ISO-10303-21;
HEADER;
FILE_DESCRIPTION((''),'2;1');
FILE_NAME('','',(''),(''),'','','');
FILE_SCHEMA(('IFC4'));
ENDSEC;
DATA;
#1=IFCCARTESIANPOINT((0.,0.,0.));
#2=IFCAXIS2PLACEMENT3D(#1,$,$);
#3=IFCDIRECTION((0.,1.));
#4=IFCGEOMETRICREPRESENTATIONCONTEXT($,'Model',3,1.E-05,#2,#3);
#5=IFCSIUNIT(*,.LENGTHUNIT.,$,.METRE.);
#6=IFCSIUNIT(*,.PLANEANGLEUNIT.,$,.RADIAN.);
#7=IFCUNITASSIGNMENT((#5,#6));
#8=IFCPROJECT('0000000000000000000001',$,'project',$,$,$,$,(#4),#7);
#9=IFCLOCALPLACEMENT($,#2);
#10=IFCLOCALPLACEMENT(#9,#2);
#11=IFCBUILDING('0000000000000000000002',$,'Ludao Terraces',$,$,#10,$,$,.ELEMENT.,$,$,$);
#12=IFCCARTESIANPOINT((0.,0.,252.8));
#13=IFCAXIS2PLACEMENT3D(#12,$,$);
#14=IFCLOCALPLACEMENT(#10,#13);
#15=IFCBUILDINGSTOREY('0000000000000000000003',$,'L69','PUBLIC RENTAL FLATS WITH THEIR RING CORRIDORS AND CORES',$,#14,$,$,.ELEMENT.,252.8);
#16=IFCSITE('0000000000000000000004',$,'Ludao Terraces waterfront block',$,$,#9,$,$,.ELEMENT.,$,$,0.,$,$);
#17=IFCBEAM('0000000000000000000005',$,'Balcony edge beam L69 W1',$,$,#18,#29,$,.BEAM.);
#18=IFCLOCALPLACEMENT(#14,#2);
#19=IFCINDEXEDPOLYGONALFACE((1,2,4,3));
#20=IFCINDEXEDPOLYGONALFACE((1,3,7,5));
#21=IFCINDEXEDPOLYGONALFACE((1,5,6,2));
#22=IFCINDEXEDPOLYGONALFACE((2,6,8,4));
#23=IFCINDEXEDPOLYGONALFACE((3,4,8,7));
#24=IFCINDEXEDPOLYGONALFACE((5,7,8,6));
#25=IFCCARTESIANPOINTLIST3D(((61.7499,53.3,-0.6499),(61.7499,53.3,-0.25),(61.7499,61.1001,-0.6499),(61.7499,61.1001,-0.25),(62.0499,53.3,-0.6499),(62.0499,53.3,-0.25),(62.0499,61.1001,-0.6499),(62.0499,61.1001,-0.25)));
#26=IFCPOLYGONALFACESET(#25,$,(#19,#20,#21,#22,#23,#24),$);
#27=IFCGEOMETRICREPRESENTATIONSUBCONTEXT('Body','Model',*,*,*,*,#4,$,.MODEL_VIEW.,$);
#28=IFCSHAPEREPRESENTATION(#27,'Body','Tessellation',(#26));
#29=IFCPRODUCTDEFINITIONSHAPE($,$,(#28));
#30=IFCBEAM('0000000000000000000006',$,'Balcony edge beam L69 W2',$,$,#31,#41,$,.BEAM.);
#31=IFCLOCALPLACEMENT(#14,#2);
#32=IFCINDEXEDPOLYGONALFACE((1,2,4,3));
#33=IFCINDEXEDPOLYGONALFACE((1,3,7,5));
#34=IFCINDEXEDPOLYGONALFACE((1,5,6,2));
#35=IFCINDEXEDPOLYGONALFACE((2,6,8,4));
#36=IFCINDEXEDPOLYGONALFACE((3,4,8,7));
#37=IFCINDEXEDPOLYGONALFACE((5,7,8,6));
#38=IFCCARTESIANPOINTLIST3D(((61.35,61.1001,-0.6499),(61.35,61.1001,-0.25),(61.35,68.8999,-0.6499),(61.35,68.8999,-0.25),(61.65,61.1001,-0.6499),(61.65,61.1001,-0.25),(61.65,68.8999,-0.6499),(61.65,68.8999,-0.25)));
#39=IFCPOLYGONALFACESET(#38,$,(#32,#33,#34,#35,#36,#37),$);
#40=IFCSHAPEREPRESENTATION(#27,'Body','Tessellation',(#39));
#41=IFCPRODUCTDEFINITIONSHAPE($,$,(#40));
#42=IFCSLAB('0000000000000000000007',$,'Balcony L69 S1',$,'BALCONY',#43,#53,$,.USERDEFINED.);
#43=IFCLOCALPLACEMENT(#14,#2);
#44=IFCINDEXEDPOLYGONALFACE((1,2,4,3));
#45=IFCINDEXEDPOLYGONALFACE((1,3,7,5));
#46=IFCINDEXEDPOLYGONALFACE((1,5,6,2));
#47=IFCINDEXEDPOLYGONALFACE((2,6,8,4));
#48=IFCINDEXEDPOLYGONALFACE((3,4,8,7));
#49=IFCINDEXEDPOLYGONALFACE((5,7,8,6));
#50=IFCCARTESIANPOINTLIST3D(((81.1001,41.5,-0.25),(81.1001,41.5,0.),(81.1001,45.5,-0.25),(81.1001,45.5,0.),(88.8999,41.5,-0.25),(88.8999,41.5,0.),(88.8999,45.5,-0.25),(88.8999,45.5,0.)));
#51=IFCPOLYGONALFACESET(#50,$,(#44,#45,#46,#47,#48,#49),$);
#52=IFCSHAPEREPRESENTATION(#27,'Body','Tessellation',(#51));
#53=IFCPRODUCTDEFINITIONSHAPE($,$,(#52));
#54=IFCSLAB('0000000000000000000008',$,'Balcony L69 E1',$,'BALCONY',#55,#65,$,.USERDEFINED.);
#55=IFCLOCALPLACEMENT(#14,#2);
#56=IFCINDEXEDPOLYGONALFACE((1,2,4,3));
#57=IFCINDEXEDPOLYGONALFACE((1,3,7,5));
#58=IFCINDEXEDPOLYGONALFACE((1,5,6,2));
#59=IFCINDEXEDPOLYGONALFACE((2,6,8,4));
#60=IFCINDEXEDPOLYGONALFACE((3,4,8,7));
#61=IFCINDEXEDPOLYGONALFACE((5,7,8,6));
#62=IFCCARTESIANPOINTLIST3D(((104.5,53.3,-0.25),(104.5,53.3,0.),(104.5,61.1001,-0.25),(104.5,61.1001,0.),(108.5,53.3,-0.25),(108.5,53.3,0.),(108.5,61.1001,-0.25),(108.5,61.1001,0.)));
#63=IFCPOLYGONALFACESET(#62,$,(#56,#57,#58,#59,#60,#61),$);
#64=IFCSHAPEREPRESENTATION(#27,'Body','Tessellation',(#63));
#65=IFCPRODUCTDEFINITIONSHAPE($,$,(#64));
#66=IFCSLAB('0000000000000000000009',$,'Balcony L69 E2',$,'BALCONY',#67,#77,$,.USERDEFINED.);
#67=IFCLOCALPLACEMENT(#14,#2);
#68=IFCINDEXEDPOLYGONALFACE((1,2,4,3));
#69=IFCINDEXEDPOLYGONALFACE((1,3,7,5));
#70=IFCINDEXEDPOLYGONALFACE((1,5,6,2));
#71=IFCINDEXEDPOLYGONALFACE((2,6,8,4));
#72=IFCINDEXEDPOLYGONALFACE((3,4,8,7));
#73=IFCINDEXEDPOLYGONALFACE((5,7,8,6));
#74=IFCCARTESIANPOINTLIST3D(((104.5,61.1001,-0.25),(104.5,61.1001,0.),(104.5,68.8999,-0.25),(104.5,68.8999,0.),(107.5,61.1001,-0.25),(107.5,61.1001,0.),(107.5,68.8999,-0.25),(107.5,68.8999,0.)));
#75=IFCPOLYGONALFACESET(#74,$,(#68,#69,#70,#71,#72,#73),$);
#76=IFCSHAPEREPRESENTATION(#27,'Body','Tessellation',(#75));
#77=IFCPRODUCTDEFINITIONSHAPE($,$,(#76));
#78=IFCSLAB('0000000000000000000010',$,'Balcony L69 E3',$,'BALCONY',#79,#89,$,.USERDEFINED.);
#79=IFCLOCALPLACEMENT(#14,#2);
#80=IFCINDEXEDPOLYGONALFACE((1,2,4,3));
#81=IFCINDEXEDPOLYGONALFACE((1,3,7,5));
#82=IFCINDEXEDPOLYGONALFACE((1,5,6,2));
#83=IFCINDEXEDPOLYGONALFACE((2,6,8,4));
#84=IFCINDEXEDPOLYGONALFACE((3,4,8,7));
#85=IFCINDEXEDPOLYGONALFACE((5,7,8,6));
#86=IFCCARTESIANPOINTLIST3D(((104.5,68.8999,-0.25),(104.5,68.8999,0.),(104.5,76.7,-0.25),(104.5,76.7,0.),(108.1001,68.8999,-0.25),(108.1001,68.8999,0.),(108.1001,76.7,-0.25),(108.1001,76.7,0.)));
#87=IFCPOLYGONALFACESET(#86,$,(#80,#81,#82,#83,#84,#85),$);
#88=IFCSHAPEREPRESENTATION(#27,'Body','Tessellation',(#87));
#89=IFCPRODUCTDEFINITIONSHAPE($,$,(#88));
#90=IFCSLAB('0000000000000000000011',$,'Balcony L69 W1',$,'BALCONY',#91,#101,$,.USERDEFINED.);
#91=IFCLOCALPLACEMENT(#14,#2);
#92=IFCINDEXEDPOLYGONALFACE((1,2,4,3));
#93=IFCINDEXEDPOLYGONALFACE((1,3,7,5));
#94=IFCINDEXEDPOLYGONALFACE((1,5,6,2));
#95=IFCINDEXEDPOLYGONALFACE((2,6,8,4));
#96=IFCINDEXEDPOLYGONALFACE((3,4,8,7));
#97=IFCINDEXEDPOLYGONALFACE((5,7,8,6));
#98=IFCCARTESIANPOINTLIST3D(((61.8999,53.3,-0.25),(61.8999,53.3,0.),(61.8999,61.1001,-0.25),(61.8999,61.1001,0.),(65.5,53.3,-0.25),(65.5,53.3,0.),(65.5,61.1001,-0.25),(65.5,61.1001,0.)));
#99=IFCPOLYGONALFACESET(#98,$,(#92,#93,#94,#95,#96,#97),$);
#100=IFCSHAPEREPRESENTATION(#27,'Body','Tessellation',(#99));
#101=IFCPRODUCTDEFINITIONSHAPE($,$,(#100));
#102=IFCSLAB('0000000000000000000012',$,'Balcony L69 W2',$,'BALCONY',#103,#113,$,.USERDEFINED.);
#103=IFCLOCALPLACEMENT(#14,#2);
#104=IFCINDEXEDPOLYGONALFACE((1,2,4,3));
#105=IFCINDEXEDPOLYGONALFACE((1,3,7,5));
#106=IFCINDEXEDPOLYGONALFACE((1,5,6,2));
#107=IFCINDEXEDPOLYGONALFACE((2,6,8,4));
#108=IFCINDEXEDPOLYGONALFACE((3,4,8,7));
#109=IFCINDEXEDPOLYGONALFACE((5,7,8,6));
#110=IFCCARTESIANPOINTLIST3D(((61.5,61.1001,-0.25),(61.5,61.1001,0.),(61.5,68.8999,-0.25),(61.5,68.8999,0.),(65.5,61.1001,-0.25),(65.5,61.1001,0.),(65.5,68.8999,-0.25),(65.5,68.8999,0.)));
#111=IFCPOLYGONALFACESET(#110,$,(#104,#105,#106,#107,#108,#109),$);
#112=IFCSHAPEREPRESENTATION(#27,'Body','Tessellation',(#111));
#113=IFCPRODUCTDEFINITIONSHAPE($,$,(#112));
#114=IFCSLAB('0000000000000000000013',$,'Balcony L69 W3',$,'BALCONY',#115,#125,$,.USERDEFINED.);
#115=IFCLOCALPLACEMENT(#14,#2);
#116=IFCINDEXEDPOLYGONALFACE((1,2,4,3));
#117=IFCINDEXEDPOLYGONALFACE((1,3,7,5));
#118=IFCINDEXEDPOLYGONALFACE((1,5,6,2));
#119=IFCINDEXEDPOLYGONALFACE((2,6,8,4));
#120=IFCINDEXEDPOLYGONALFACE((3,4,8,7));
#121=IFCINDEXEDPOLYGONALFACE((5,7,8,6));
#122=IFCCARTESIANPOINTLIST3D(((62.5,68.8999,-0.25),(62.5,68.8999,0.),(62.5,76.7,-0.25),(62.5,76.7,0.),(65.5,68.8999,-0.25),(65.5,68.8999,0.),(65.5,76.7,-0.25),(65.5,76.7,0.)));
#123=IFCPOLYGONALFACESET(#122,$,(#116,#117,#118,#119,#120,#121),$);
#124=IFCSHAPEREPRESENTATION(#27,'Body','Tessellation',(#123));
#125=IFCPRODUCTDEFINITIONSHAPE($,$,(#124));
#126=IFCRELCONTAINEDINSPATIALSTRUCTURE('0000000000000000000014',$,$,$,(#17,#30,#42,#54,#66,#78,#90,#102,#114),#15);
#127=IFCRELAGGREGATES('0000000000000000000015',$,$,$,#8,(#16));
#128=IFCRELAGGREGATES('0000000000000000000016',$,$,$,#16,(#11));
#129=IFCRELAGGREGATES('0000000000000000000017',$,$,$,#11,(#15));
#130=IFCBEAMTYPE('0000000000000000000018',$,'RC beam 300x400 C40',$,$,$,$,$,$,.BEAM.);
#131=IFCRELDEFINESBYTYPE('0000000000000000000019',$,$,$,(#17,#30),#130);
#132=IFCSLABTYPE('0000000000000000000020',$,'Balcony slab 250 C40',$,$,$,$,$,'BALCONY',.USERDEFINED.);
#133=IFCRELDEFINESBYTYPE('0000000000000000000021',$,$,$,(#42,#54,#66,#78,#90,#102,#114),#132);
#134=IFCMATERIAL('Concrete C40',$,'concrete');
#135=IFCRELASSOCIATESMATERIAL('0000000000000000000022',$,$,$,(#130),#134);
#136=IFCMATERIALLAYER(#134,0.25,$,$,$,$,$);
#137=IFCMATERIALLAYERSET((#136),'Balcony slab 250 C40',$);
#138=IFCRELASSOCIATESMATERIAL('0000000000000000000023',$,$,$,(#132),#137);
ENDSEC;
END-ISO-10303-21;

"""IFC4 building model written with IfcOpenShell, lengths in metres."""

from ifc_helpers import new_model, si_unit, direction, frame, origin, origin_2d, place, context, subcontext, project, spatial, polyline, rectangle, outline, extrude, material, layer, layer_set, material_profile, profile_set, type_object, element, save


model = new_model("IFC4")

# Units and contexts
model_context = context("Model", 3, precision=1e-05, world=origin(), true_north=direction((0.0, 1.0)))
body_context = subcontext(model_context, "Body", "Model", "MODEL_VIEW")
ifc_project = project(units=[si_unit("LENGTHUNIT", "METRE"), si_unit("PLANEANGLEUNIT", "RADIAN")], contexts=[model_context])

# Site, building, storey
site_placement = place(None, origin())
site = spatial("IfcSite", under=ifc_project, at=site_placement, Name="Ludao Terraces waterfront block", CompositionType="ELEMENT", RefElevation=0.0)
building_placement = place(site_placement, origin())
building = spatial("IfcBuilding", under=site, at=building_placement, Name="Ludao Terraces", CompositionType="ELEMENT")
storey_placement = place(building_placement, frame((0.0, 0.0, 252.8)))
storey = spatial("IfcBuildingStorey", under=building, at=storey_placement, Name="L69", Description="PUBLIC RENTAL FLATS WITH THEIR RING CORRIDORS AND CORES", CompositionType="ELEMENT", Elevation=252.8)

# Beams
ifc_material_1 = material(Name="Concrete C40", Category="concrete")
ifc_material_profile = material_profile(ifc_material_1, rectangle(XDim=0.3, YDim=0.3999, at=origin_2d()), Name="300 X 400")
ifc_profile_set = profile_set([ifc_material_profile], Name="Concrete C40")
beam_type = type_object("IfcBeamType", Name="RC beam 300x400 C40", PredefinedType="BEAM", material=ifc_profile_set)
beam_1_placement = place(storey_placement, frame((61.8999, 53.3, -0.45), z_axis=(0.0, 1.0, 0.0), x_axis=(-1.0, 0.0, 0.0)))
element("IfcBeam", 1, at=beam_1_placement, inside=storey, type_object=beam_type, Name="Balcony edge beam L69 W1", PredefinedType="BEAM", context=body_context, shape_type="SweptSolid", body=[
    extrude(rectangle(XDim=0.3, YDim=0.3999, at=origin_2d()), origin(), (0.0, 0.0, 1.0), 7.8),
])
beam_2_placement = place(storey_placement, frame((61.5, 61.1001, -0.45), z_axis=(0.0, 1.0, 0.0), x_axis=(-1.0, 0.0, 0.0)))
element("IfcBeam", 2, at=beam_2_placement, inside=storey, type_object=beam_type, Name="Balcony edge beam L69 W2", PredefinedType="BEAM", context=body_context, shape_type="SweptSolid", body=[
    extrude(rectangle(XDim=0.3, YDim=0.3999, at=origin_2d()), origin(), (0.0, 0.0, 1.0), 7.7998),
])

# Slabs
ifc_layer_1 = layer(ifc_material_1, 0.25)
ifc_layer_set_1 = layer_set([ifc_layer_1], Name="Balcony slab 250 C40")
slab_type_1 = type_object("IfcSlabType", Name="Balcony slab 250 C40", ElementType="BALCONY", PredefinedType="USERDEFINED", material=ifc_layer_set_1)
slab_1_placement = place(storey_placement, frame((0.0, 0.0, -0.25)))
element("IfcSlab", 3, at=slab_1_placement, inside=storey, type_object=slab_type_1, Name="Balcony L69 S1", ObjectType="BALCONY", PredefinedType="USERDEFINED", context=body_context, shape_type="SweptSolid", body=[
    extrude(outline(polyline([(81.1001, 41.5), (88.8999, 41.5), (88.8999, 45.5), (81.1001, 45.5), (81.1001, 41.5)])), origin(), (0.0, 0.0, 1.0), 0.25),
])
slab_2_placement = place(storey_placement, frame((0.0, 0.0, -0.25)))
element("IfcSlab", 4, at=slab_2_placement, inside=storey, type_object=slab_type_1, Name="Balcony L69 E1", ObjectType="BALCONY", PredefinedType="USERDEFINED", context=body_context, shape_type="SweptSolid", body=[
    extrude(outline(polyline([(104.5, 53.3), (108.5, 53.3), (108.5, 61.1001), (104.5, 61.1001), (104.5, 53.3)])), origin(), (0.0, 0.0, 1.0), 0.25),
])
slab_3_placement = place(storey_placement, frame((0.0, 0.0, -0.25)))
element("IfcSlab", 5, at=slab_3_placement, inside=storey, type_object=slab_type_1, Name="Balcony L69 E2", ObjectType="BALCONY", PredefinedType="USERDEFINED", context=body_context, shape_type="SweptSolid", body=[
    extrude(outline(polyline([(104.5, 61.1001), (107.5, 61.1001), (107.5, 68.8999), (104.5, 68.8999), (104.5, 61.1001)])), origin(), (0.0, 0.0, 1.0), 0.25),
])
slab_4_placement = place(storey_placement, frame((0.0, 0.0, -0.25)))
element("IfcSlab", 6, at=slab_4_placement, inside=storey, type_object=slab_type_1, Name="Balcony L69 E3", ObjectType="BALCONY", PredefinedType="USERDEFINED", context=body_context, shape_type="SweptSolid", body=[
    extrude(outline(polyline([(104.5, 68.8999), (108.1001, 68.8999), (108.1001, 76.7), (104.5, 76.7), (104.5, 68.8999)])), origin(), (0.0, 0.0, 1.0), 0.25),
])
slab_5_placement = place(storey_placement, frame((0.0, 0.0, -0.25)))
element("IfcSlab", 7, at=slab_5_placement, inside=storey, type_object=slab_type_1, Name="Balcony L69 W1", ObjectType="BALCONY", PredefinedType="USERDEFINED", context=body_context, shape_type="SweptSolid", body=[
    extrude(outline(polyline([(61.8999, 53.3), (65.5, 53.3), (65.5, 61.1001), (61.8999, 61.1001), (61.8999, 53.3)])), origin(), (0.0, 0.0, 1.0), 0.25),
])
slab_6_placement = place(storey_placement, frame((0.0, 0.0, -0.25)))
element("IfcSlab", 8, at=slab_6_placement, inside=storey, type_object=slab_type_1, Name="Balcony L69 W2", ObjectType="BALCONY", PredefinedType="USERDEFINED", context=body_context, shape_type="SweptSolid", body=[
    extrude(outline(polyline([(61.5, 61.1001), (65.5, 61.1001), (65.5, 68.8999), (61.5, 68.8999), (61.5, 61.1001)])), origin(), (0.0, 0.0, 1.0), 0.25),
])
slab_7_placement = place(storey_placement, frame((0.0, 0.0, -0.25)))
element("IfcSlab", 9, at=slab_7_placement, inside=storey, type_object=slab_type_1, Name="Balcony L69 W3", ObjectType="BALCONY", PredefinedType="USERDEFINED", context=body_context, shape_type="SweptSolid", body=[
    extrude(outline(polyline([(62.5, 68.8999), (65.5, 68.8999), (65.5, 76.7), (62.5, 76.7), (62.5, 68.8999)])), origin(), (0.0, 0.0, 1.0), 0.25),
])

save(model, "model.ifc")
